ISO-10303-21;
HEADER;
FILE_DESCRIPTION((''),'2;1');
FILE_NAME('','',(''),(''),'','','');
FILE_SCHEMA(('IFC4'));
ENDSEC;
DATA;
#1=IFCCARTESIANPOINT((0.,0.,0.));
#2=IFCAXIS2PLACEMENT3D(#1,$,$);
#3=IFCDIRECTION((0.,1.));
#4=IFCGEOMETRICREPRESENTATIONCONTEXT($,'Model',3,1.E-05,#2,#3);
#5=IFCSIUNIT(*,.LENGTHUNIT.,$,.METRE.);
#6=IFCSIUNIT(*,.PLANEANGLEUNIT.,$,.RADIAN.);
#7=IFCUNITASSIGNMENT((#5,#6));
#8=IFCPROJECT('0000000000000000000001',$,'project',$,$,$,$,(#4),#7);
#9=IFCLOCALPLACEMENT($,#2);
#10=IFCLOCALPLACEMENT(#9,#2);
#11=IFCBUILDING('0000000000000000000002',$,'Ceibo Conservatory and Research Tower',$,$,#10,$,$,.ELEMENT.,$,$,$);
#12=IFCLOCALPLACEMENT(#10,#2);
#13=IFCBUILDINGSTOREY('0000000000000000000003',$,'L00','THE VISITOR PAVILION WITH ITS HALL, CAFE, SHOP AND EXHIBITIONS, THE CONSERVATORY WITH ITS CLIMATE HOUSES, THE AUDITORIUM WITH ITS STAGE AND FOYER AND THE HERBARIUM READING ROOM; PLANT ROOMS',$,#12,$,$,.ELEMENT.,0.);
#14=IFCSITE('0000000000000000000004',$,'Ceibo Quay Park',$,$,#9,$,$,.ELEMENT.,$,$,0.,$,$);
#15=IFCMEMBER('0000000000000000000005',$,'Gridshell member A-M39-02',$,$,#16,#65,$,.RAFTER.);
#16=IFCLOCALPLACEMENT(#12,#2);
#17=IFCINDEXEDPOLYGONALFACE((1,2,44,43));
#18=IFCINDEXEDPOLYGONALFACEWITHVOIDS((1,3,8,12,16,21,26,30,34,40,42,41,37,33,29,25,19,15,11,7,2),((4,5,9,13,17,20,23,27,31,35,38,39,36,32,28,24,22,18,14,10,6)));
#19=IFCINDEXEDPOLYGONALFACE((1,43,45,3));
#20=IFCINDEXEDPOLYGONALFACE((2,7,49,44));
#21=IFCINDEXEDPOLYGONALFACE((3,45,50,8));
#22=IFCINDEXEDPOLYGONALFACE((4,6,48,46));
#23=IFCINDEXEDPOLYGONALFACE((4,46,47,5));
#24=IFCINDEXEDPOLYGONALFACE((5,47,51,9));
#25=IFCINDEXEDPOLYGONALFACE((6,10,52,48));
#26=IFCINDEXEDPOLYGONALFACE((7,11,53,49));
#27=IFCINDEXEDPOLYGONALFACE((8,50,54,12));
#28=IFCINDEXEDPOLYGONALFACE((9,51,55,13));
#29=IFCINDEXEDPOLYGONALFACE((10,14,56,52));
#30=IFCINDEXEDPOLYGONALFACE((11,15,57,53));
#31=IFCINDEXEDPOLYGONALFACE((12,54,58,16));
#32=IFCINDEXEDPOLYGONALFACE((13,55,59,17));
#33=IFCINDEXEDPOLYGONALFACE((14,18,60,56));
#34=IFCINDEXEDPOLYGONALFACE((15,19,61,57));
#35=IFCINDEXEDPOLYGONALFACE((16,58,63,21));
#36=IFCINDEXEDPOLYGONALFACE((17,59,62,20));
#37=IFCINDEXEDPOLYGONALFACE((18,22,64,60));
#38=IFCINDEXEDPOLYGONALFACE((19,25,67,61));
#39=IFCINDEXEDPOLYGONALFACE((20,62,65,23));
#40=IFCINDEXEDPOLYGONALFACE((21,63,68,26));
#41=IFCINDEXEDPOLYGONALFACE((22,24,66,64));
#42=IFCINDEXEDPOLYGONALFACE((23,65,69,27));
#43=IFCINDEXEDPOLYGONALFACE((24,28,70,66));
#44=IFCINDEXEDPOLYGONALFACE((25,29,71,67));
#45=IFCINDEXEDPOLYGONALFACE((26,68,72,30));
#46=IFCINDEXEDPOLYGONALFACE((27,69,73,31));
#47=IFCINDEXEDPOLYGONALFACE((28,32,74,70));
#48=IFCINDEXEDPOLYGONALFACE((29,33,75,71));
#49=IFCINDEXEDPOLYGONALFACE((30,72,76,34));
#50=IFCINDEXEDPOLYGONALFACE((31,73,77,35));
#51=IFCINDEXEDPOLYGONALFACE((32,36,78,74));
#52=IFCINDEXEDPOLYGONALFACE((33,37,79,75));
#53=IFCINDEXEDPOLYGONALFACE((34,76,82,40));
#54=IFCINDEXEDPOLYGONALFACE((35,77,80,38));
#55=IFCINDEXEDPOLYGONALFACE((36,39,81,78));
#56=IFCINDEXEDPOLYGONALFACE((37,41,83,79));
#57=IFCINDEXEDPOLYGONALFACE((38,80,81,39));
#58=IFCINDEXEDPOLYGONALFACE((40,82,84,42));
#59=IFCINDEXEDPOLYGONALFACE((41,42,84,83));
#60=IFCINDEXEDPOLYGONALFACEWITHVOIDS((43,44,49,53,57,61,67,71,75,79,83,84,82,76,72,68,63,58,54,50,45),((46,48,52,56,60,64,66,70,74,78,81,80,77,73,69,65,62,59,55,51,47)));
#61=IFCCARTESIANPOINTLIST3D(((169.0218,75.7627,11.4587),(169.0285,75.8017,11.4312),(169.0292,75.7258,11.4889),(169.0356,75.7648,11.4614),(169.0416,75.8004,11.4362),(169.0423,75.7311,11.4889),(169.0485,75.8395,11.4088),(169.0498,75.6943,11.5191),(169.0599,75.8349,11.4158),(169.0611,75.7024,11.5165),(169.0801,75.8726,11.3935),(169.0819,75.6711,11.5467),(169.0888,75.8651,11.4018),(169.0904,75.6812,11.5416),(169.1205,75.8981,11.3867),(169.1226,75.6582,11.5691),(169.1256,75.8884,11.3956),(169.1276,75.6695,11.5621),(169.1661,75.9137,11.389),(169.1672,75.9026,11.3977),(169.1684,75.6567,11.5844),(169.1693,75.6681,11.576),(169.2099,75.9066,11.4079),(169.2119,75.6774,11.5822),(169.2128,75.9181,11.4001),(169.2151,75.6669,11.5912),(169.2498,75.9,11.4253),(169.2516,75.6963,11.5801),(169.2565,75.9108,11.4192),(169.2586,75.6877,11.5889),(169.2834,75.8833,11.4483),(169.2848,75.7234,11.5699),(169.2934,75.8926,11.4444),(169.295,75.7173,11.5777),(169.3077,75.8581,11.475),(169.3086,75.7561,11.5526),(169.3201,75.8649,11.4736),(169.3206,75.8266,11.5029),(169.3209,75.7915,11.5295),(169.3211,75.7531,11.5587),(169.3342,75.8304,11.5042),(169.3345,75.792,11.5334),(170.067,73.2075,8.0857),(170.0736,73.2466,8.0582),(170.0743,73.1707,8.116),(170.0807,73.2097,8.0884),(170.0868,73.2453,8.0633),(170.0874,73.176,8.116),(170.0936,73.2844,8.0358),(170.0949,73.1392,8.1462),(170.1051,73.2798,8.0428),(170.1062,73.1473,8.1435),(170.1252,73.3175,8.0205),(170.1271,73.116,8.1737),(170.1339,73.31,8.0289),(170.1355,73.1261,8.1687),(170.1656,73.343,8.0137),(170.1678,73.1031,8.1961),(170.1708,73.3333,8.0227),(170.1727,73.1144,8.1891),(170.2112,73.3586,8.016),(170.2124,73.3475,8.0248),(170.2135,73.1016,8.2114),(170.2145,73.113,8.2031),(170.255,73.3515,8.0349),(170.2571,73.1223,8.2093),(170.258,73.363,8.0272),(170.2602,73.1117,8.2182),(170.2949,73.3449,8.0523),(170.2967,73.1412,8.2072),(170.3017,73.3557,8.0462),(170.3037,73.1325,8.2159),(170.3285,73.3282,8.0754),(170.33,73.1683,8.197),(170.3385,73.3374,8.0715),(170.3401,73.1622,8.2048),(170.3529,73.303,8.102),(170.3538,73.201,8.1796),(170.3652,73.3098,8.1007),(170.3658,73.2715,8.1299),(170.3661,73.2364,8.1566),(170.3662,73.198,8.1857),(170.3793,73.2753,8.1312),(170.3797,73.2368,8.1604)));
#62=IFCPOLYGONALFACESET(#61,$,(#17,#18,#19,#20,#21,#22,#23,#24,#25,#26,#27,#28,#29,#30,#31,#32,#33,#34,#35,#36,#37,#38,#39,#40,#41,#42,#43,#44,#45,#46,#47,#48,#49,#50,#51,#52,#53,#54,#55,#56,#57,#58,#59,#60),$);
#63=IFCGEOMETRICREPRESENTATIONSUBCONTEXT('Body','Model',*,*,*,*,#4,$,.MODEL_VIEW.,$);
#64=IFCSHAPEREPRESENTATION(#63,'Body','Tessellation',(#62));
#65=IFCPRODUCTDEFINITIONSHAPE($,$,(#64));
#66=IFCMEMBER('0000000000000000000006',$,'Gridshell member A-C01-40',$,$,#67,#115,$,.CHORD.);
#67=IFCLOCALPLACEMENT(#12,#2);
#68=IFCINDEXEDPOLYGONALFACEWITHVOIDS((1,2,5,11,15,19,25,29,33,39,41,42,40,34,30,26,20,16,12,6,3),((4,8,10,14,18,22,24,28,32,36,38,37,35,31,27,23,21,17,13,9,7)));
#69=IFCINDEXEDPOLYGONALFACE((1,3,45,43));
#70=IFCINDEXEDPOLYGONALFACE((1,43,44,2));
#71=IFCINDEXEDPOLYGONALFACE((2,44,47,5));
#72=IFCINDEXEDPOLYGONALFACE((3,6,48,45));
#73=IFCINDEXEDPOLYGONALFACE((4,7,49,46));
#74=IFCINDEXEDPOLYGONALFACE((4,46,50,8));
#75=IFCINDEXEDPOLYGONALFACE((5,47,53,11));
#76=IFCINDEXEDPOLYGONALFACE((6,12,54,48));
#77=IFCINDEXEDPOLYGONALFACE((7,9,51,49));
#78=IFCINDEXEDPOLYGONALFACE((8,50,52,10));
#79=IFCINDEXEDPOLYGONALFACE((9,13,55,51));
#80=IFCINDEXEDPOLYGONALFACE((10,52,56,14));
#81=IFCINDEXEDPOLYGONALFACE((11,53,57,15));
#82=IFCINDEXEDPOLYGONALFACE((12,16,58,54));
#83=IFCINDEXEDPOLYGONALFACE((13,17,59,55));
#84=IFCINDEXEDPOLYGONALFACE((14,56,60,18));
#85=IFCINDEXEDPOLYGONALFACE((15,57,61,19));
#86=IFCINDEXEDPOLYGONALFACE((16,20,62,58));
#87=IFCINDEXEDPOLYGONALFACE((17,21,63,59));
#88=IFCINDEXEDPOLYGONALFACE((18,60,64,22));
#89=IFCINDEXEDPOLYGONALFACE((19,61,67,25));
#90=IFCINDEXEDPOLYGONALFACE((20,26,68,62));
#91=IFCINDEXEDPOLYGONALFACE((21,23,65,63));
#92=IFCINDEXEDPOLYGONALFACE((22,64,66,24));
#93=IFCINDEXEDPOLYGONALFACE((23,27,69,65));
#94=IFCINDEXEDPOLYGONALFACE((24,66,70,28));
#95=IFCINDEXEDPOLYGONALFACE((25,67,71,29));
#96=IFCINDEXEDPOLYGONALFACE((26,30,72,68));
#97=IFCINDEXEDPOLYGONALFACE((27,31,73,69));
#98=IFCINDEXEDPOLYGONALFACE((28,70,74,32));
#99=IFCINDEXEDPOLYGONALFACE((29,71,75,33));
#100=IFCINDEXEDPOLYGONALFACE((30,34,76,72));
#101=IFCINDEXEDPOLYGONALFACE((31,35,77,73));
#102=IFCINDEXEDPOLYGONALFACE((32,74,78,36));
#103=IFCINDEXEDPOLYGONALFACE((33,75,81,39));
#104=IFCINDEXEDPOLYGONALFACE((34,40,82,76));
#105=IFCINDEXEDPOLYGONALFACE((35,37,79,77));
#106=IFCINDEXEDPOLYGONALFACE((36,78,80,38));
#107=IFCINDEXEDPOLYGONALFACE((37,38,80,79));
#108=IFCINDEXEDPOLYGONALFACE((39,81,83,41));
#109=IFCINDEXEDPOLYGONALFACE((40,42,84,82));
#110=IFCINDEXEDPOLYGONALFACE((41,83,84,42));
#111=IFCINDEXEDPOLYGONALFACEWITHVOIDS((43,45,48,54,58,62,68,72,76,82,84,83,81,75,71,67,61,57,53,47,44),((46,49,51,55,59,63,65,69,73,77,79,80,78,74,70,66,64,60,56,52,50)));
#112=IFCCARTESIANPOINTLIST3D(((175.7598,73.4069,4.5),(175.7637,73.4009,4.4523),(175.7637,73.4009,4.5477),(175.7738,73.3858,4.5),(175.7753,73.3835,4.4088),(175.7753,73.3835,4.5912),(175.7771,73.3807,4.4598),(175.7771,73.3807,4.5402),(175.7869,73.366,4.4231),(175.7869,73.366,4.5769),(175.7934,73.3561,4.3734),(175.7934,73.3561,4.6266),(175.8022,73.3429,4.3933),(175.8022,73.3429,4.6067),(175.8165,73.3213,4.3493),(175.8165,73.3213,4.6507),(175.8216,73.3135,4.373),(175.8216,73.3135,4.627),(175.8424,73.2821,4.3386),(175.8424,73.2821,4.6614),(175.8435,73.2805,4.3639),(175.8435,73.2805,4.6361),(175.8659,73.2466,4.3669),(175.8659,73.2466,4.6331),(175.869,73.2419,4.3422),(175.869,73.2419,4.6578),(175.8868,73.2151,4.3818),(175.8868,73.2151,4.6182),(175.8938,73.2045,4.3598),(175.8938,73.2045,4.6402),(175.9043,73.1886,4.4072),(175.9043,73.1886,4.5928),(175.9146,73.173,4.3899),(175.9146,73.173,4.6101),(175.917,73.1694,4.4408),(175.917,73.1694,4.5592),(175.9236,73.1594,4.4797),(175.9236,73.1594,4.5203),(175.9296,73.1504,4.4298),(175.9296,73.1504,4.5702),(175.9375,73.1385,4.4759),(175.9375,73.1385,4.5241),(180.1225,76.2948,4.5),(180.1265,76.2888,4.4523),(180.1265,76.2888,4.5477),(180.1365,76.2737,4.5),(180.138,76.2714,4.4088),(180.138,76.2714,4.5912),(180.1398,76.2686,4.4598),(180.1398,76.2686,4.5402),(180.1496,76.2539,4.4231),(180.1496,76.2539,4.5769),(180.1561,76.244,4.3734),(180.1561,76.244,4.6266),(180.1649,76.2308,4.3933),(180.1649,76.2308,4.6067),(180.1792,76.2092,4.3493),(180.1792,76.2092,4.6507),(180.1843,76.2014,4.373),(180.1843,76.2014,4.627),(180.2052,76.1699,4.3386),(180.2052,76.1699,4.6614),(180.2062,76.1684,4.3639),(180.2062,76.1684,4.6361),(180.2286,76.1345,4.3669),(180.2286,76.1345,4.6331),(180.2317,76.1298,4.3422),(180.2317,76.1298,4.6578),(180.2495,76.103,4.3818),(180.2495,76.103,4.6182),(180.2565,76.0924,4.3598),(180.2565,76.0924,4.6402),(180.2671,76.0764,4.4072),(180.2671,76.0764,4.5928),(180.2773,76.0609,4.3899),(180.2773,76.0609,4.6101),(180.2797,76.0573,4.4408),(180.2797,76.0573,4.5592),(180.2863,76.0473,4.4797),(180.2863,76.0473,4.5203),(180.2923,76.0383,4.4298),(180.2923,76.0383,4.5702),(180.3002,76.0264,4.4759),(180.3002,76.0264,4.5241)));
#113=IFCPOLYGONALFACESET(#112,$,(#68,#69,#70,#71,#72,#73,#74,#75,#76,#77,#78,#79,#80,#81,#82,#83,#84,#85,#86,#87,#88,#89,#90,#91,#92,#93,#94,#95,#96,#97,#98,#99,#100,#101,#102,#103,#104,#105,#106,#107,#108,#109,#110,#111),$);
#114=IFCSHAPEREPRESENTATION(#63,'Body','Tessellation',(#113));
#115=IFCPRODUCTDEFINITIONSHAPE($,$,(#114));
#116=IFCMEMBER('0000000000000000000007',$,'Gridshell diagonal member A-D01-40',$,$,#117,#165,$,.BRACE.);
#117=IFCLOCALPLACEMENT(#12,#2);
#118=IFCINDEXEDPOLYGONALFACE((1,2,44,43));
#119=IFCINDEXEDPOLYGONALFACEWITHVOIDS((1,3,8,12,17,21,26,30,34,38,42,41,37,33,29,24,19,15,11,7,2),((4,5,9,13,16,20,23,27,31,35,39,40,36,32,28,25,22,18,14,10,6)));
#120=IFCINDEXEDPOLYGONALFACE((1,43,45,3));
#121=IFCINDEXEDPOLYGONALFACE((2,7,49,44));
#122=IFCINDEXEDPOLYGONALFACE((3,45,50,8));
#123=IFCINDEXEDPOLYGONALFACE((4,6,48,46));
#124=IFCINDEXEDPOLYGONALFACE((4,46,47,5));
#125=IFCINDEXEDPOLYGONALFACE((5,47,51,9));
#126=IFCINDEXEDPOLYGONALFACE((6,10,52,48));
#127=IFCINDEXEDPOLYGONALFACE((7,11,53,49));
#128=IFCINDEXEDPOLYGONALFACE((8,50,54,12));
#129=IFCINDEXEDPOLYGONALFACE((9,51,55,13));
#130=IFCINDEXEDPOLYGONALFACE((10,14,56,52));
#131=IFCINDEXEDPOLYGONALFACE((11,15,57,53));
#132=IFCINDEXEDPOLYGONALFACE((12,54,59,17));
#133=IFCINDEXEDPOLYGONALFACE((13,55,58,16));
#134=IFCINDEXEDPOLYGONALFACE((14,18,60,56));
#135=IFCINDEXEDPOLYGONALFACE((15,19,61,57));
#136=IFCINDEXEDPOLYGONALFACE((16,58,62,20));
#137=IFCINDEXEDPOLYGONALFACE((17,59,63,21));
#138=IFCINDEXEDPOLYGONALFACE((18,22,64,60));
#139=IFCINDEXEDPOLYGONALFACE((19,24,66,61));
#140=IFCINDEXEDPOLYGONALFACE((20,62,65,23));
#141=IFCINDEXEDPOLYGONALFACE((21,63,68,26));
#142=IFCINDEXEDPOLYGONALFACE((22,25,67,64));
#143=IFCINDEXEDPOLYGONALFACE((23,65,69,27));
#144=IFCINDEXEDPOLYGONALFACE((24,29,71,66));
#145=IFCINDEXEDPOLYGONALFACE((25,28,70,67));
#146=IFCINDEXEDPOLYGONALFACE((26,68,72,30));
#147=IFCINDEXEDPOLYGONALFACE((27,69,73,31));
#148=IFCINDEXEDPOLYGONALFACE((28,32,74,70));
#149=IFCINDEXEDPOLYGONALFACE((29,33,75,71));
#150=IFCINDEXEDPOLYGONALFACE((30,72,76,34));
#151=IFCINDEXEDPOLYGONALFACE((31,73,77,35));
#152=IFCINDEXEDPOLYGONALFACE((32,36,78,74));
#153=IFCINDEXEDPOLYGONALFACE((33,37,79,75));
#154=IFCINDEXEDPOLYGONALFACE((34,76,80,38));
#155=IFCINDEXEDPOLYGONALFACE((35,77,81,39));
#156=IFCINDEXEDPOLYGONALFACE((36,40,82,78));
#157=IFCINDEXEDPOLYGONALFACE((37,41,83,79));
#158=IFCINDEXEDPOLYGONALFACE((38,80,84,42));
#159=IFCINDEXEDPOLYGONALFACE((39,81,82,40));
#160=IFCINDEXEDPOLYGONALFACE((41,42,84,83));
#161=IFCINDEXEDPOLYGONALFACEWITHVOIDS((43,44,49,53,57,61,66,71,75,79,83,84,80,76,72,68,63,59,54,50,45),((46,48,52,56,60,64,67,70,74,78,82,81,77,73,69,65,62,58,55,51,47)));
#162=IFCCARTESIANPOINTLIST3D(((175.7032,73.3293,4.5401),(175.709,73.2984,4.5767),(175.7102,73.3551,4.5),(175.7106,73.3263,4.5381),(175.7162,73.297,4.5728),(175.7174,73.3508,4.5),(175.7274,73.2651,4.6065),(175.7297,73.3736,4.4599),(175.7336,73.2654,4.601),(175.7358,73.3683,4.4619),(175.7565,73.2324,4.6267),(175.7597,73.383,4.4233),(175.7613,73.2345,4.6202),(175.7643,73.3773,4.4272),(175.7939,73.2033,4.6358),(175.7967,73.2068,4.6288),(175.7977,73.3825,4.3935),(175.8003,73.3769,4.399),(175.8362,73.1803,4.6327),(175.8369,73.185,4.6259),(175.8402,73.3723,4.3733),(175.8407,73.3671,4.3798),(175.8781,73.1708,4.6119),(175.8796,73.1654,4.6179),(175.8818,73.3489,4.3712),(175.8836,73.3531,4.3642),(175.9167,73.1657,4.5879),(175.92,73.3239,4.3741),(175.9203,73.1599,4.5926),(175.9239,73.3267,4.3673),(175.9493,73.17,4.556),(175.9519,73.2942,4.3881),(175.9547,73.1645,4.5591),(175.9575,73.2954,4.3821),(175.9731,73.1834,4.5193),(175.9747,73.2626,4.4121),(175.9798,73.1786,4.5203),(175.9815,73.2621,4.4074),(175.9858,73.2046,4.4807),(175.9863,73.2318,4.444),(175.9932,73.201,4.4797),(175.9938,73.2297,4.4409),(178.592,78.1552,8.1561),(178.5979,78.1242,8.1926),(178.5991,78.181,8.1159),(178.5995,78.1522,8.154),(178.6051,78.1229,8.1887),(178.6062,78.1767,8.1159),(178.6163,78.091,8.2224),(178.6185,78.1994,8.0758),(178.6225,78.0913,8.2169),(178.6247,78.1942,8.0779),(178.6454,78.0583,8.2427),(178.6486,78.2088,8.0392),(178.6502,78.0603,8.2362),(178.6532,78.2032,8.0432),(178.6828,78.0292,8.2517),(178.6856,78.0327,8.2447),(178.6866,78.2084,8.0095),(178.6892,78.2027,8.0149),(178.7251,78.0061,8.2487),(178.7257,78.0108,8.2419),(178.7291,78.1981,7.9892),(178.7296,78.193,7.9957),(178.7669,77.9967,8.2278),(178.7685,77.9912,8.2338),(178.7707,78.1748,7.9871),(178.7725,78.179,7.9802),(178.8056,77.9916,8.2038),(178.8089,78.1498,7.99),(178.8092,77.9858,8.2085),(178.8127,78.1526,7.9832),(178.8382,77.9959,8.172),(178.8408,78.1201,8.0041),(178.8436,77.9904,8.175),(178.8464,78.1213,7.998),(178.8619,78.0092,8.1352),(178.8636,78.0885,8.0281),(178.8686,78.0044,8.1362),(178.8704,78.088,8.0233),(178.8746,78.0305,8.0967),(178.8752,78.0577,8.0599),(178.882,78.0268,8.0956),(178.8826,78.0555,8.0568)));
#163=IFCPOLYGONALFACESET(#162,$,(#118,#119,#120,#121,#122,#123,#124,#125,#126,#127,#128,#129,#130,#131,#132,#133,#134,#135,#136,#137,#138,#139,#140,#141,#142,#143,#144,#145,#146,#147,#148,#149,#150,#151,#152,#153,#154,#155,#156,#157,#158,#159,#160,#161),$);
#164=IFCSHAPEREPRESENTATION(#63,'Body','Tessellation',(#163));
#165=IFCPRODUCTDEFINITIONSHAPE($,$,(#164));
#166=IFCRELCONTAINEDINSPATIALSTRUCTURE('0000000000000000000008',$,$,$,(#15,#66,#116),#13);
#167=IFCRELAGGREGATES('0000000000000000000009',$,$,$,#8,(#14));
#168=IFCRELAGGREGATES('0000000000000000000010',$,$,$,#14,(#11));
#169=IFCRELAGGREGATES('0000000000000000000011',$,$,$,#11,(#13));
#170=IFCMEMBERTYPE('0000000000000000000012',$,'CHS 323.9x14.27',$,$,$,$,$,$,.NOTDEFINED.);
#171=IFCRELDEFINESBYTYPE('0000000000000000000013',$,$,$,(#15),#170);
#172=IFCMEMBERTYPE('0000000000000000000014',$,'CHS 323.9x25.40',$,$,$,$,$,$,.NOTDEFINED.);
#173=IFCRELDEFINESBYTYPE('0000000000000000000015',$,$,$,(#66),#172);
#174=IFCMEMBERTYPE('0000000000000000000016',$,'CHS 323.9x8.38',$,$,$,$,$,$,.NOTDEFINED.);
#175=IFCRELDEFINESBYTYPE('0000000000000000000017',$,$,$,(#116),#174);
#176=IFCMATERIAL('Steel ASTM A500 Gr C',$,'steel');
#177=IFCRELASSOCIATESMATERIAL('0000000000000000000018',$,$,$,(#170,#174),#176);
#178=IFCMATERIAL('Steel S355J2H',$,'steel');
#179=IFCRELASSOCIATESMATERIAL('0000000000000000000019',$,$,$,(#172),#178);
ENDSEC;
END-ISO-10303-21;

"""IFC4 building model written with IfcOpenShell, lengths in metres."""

from ifc_helpers import new_model, si_unit, direction, frame, origin, origin_2d, place, context, subcontext, project, spatial, hollow_circle, extrude, material, material_profile, profile_set, type_object, element, save


model = new_model("IFC4")

# Units and contexts
model_context = context("Model", 3, precision=1e-05, world=origin(), true_north=direction((0.0, 1.0)))
body_context = subcontext(model_context, "Body", "Model", "MODEL_VIEW")
ifc_project = project(units=[si_unit("LENGTHUNIT", "METRE"), si_unit("PLANEANGLEUNIT", "RADIAN")], contexts=[model_context])

# Site, building, storey
site_placement = place(None, origin())
site = spatial("IfcSite", under=ifc_project, at=site_placement, Name="Ceibo Quay Park", CompositionType="ELEMENT", RefElevation=0.0)
building_placement = place(site_placement, origin())
building = spatial("IfcBuilding", under=site, at=building_placement, Name="Ceibo Conservatory and Research Tower", CompositionType="ELEMENT")
storey_placement = place(building_placement, origin())
storey = spatial("IfcBuildingStorey", under=building, at=storey_placement, Name="L00", Description="THE VISITOR PAVILION WITH ITS HALL, CAFE, SHOP AND EXHIBITIONS, THE CONSERVATORY WITH ITS CLIMATE HOUSES, THE AUDITORIUM WITH ITS STAGE AND FOYER AND THE HERBARIUM READING ROOM; PLANT ROOMS", CompositionType="ELEMENT", Elevation=0.0)

# Members
ifc_material_1 = material(Name="Steel ASTM A500 Gr C", Category="steel")
ifc_material_profile_1 = material_profile(ifc_material_1, hollow_circle(Radius=0.1619, WallThickness=0.0142, at=origin_2d()), Name="CHS 323.9x14.27")
ifc_profile_set_1 = profile_set([ifc_material_profile_1], Name="Steel ASTM A500 Gr C")
member_type_1 = type_object("IfcMemberType", Name="CHS 323.9x14.27", PredefinedType="NOTDEFINED", material=ifc_profile_set_1)
member_1_placement = place(storey_placement, frame((170.2241, 73.2319, 8.116), z_axis=(-0.239785, 0.586217, 0.773856), x_axis=(-0.925564, -0.378592, 0.0)))
element("IfcMember", 1, at=member_1_placement, inside=storey, type_object=member_type_1, Name="Gridshell member A-M39-02", PredefinedType="RAFTER", context=body_context, shape_type="SweptSolid", body=[
    extrude(hollow_circle(Radius=0.1619, WallThickness=0.0142, at=origin_2d()), origin(), (0.0, 0.0, 1.0), 4.3586),
])
ifc_material_2 = material(Name="Steel S355J2H", Category="steel")
ifc_material_profile_2 = material_profile(ifc_material_2, hollow_circle(Radius=0.1619, WallThickness=0.0254, at=origin_2d()), Name="CHS 323.9x25.40")
ifc_profile_set_2 = profile_set([ifc_material_profile_2], Name="Steel S355J2H")
member_type_2 = type_object("IfcMemberType", Name="CHS 323.9x25.40", PredefinedType="NOTDEFINED", material=ifc_profile_set_2)
member_2_placement = place(storey_placement, frame((175.8491, 73.272, 4.5), z_axis=(0.833862, 0.551973, 0.0), x_axis=(-0.551973, 0.833862, 0.0)))
element("IfcMember", 2, at=member_2_placement, inside=storey, type_object=member_type_2, Name="Gridshell member A-C01-40", PredefinedType="CHORD", context=body_context, shape_type="SweptSolid", body=[
    extrude(hollow_circle(Radius=0.1619, WallThickness=0.0254, at=origin_2d()), origin(), (0.0, 0.0, 1.0), 5.2319),
])
ifc_material_profile_3 = material_profile(ifc_material_1, hollow_circle(Radius=0.1619, WallThickness=0.0083, at=origin_2d()), Name="CHS 323.9x8.38")
ifc_profile_set_3 = profile_set([ifc_material_profile_3], Name="Steel ASTM A500 Gr C")
member_type_3 = type_object("IfcMemberType", Name="CHS 323.9x8.38", PredefinedType="NOTDEFINED", material=ifc_profile_set_3)
member_3_placement = place(storey_placement, frame((175.8491, 73.272, 4.5), z_axis=(0.432046, 0.721731, 0.540778), x_axis=(-0.858013, 0.513627, 0.0)))
element("IfcMember", 3, at=member_3_placement, inside=storey, type_object=member_type_3, Name="Gridshell diagonal member A-D01-40", PredefinedType="BRACE", context=body_context, shape_type="SweptSolid", body=[
    extrude(hollow_circle(Radius=0.1619, WallThickness=0.0083, at=origin_2d()), origin(), (0.0, 0.0, 1.0), 6.6865),
])

save(model, "model.ifc")
